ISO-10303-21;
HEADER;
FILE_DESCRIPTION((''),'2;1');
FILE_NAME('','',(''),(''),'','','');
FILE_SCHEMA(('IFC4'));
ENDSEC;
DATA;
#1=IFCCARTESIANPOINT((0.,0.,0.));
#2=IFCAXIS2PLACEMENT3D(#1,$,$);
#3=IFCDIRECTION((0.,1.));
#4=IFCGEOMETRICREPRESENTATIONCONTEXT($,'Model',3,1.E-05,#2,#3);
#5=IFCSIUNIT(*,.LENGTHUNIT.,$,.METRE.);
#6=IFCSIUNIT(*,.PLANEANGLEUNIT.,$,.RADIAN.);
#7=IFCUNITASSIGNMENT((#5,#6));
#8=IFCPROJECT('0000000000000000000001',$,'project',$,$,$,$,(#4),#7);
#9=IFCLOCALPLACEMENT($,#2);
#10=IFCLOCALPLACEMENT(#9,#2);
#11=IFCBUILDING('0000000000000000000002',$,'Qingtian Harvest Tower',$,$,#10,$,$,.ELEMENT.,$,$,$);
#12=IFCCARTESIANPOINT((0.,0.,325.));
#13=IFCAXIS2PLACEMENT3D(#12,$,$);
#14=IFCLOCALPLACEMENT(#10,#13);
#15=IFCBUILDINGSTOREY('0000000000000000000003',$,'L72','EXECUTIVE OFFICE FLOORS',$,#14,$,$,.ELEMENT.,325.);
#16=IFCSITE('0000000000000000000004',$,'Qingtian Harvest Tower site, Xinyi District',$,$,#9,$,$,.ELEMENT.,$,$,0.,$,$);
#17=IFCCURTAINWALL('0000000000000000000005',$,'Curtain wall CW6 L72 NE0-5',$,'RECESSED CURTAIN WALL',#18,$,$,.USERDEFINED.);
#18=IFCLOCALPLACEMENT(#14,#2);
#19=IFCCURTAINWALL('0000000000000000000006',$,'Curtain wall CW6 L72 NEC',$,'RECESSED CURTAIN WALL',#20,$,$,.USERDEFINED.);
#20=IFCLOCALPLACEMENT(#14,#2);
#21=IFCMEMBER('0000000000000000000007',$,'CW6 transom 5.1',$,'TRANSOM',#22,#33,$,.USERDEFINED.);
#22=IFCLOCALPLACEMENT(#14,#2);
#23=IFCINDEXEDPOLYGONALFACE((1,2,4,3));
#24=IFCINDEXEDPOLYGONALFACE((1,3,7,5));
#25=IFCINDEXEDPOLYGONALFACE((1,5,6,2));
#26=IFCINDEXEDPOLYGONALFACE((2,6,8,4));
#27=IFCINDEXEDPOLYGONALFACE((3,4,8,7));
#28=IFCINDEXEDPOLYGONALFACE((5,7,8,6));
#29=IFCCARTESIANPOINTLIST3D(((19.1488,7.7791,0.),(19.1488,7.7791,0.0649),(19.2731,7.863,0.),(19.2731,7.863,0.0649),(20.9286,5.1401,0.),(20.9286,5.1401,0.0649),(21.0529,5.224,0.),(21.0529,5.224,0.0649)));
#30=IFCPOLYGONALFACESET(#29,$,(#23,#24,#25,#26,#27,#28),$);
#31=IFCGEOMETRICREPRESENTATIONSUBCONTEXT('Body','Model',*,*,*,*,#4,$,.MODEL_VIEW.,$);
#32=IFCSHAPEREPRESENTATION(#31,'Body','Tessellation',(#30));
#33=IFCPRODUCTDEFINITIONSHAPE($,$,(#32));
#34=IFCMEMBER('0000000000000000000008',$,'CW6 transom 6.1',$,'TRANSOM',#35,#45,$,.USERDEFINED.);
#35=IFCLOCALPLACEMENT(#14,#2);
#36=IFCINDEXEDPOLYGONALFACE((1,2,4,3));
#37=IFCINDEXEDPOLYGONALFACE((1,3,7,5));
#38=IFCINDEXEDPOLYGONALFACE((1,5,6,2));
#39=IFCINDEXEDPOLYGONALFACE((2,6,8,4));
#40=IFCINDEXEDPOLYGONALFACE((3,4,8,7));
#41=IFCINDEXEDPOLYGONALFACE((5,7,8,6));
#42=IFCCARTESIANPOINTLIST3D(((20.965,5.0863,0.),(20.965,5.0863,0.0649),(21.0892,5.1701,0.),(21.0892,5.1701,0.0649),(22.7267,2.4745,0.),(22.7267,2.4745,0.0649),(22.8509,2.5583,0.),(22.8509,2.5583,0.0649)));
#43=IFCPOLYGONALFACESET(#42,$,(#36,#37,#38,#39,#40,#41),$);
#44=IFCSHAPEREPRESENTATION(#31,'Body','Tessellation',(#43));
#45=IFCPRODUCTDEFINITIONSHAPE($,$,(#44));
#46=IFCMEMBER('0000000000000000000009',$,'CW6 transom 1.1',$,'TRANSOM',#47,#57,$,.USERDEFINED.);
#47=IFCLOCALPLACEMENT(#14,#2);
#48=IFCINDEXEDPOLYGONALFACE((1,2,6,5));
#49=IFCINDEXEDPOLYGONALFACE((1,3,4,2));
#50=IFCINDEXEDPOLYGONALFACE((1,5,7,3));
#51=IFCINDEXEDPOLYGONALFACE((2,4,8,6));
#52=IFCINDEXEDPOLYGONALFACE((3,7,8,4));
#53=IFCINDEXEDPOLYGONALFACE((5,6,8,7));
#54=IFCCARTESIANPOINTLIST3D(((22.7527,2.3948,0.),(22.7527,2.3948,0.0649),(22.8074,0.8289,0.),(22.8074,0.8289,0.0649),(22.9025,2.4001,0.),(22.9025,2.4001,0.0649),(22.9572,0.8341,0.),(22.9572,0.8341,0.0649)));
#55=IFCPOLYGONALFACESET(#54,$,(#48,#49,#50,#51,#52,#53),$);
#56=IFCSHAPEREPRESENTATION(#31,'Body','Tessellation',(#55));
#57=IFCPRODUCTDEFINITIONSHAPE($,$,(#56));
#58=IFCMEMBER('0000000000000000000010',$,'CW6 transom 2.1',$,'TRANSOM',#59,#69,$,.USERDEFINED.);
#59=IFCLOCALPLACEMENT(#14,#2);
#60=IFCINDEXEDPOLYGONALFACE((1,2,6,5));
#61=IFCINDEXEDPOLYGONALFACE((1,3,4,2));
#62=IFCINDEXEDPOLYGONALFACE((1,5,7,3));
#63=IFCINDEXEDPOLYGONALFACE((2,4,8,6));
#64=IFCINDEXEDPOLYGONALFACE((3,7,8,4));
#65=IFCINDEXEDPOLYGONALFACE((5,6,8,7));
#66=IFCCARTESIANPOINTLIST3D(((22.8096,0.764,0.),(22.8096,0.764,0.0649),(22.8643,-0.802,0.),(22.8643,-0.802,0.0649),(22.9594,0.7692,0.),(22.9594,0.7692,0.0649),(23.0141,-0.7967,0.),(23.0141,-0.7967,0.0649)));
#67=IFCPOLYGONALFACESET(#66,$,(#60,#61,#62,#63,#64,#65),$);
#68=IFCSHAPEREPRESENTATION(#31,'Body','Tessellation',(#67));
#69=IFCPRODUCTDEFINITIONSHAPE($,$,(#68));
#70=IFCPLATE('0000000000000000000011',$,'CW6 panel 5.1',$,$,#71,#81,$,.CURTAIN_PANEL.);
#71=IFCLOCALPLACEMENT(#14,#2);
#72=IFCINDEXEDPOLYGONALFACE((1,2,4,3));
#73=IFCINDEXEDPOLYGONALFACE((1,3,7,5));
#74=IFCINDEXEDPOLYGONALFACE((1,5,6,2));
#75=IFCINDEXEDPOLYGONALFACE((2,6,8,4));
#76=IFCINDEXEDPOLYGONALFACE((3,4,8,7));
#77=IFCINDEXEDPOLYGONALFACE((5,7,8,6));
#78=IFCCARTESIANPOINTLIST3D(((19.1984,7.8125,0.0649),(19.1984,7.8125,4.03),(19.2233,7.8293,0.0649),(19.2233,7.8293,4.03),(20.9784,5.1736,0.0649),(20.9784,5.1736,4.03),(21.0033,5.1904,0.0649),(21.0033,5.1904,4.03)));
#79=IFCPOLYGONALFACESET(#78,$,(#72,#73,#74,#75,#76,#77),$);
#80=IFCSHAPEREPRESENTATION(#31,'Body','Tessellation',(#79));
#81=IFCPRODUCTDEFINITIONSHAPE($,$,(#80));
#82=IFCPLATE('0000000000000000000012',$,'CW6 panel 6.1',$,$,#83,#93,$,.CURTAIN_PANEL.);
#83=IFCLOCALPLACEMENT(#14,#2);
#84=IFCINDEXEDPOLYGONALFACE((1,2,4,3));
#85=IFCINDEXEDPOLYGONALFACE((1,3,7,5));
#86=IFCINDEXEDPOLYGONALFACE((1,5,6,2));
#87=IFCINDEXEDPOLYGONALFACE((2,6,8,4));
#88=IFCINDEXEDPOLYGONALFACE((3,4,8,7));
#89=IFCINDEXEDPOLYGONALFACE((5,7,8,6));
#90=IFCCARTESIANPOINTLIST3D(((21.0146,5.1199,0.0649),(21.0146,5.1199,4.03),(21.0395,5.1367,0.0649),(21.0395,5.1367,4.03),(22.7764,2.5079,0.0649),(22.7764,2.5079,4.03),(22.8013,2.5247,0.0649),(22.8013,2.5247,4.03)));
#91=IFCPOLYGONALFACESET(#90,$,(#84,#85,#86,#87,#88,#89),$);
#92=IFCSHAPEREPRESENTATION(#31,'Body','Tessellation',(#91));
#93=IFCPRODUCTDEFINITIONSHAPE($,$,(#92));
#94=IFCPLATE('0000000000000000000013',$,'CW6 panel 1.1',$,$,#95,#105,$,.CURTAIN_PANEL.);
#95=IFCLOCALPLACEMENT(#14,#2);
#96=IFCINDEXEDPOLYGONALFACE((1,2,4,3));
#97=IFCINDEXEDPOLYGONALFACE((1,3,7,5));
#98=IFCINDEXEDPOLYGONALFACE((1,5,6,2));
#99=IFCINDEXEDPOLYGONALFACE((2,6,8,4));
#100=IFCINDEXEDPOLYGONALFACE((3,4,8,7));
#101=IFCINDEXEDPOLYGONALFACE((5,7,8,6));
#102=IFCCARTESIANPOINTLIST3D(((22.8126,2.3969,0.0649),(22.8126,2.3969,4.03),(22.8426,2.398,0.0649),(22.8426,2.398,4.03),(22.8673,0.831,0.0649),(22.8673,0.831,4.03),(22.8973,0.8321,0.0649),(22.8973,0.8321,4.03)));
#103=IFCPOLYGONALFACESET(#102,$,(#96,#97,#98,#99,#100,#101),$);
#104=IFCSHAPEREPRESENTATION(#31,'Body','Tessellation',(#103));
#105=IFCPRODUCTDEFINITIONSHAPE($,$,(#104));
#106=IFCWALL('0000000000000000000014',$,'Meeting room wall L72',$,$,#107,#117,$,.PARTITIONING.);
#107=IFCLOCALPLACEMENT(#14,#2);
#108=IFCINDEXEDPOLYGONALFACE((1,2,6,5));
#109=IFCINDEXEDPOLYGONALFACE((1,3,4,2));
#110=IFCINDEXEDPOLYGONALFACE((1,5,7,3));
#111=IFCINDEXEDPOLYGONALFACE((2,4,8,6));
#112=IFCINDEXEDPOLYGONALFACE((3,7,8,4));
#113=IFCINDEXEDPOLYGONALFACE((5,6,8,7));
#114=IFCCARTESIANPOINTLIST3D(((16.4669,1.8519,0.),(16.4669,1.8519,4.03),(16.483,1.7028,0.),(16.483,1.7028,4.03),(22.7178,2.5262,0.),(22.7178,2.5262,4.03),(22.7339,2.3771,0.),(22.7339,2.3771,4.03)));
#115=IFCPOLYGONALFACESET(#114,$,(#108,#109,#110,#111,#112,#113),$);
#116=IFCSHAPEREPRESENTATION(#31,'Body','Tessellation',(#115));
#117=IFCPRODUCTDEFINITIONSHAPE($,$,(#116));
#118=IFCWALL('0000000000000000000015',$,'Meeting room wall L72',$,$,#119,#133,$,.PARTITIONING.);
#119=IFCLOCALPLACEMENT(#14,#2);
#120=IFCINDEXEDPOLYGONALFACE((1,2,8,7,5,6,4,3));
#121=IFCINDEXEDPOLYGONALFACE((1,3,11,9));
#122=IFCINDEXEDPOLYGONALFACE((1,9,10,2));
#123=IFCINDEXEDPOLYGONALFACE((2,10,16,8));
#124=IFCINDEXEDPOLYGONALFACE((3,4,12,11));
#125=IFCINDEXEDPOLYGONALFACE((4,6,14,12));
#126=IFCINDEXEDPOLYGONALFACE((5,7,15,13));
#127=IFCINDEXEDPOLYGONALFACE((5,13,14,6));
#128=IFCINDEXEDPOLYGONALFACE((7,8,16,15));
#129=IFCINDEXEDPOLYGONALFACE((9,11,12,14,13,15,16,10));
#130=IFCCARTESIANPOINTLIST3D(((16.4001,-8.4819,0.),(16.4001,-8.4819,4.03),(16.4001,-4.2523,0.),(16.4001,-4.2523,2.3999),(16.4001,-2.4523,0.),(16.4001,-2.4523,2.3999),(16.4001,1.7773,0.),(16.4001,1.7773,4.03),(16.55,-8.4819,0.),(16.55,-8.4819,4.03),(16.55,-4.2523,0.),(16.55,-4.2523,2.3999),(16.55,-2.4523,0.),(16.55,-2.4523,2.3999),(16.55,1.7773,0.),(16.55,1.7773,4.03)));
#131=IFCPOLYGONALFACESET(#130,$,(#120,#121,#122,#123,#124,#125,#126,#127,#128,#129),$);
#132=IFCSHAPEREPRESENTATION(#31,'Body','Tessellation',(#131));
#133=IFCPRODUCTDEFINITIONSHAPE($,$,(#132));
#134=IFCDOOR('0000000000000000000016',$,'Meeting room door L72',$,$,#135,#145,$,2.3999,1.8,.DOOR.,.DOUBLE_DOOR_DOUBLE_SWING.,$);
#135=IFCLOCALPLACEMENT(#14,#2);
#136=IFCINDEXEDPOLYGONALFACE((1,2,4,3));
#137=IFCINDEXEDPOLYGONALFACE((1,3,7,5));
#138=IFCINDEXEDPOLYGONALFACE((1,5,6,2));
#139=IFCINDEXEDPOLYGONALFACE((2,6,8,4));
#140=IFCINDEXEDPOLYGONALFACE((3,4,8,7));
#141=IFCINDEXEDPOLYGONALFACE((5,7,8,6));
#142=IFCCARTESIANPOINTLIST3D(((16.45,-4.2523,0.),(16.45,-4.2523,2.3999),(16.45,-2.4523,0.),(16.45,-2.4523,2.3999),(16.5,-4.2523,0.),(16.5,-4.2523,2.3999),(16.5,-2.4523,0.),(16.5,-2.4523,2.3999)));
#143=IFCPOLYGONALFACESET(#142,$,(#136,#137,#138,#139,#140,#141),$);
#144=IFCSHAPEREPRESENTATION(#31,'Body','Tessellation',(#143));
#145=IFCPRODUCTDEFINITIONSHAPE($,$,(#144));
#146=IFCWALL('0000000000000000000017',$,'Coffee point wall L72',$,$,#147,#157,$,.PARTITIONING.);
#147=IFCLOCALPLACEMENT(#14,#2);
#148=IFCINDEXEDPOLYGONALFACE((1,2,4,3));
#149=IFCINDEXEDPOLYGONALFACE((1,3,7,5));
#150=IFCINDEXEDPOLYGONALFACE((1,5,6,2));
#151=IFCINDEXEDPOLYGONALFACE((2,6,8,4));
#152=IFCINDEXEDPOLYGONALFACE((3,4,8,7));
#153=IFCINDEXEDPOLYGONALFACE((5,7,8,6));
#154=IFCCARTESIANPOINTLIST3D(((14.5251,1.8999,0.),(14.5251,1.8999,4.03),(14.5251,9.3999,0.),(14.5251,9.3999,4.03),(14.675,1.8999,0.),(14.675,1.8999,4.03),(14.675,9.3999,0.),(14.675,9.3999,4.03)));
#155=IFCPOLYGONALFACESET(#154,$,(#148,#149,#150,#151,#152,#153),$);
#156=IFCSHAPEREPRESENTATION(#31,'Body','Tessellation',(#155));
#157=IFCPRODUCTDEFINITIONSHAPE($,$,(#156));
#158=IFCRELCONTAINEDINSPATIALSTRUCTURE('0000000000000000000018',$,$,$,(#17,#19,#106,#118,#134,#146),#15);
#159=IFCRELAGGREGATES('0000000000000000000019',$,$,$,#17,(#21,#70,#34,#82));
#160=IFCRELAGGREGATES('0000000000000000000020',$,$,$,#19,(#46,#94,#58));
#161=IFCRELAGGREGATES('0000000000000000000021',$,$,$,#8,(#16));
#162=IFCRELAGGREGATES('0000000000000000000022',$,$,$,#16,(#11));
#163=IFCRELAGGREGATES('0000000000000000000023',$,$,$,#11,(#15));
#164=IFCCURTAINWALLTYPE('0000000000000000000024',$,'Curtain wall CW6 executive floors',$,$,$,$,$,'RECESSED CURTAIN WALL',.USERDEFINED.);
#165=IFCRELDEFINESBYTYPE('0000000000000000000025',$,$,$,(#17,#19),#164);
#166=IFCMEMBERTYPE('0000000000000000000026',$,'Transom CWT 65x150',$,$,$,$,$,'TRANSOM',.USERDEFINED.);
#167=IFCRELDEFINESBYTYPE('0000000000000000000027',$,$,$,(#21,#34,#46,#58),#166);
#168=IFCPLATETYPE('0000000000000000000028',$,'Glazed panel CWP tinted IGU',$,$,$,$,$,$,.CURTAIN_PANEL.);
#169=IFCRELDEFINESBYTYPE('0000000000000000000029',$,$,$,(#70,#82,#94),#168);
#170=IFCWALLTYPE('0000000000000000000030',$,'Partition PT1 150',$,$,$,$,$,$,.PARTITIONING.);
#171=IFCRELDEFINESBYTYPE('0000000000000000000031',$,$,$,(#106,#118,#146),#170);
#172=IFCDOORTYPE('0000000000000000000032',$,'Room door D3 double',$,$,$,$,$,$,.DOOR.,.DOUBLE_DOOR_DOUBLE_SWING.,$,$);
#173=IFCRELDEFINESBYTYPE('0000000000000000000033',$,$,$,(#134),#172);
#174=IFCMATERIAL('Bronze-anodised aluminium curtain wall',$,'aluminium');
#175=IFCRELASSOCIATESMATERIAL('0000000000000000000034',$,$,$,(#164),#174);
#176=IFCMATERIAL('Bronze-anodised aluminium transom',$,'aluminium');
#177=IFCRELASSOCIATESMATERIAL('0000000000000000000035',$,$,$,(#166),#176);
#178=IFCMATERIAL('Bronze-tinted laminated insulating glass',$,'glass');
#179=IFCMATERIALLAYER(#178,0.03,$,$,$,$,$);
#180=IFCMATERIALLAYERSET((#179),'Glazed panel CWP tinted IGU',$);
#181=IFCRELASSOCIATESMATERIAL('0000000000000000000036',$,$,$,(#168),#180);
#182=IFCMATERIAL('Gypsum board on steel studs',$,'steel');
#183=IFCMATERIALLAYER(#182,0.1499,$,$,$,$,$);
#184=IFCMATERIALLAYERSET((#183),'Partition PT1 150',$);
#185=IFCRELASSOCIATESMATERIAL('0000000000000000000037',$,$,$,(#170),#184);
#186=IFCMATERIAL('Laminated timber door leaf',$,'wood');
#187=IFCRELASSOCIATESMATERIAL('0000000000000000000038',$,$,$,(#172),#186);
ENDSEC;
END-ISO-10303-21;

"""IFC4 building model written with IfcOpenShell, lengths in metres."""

from ifc_helpers import new_model, si_unit, direction, frame, frame_2d, origin, origin_2d, place, context, subcontext, project, spatial, rectangle, extrude, material, layer, layer_set, material_profile, profile_set, type_object, element, fill, aggregate, save


model = new_model("IFC4")

# Units and contexts
model_context = context("Model", 3, precision=1e-05, world=origin(), true_north=direction((0.0, 1.0)))
body_context = subcontext(model_context, "Body", "Model", "MODEL_VIEW")
ifc_project = project(units=[si_unit("LENGTHUNIT", "METRE"), si_unit("PLANEANGLEUNIT", "RADIAN")], contexts=[model_context])

# Site, building, storey
site_placement = place(None, origin())
site = spatial("IfcSite", under=ifc_project, at=site_placement, Name="Qingtian Harvest Tower site, Xinyi District", CompositionType="ELEMENT", RefElevation=0.0)
building_placement = place(site_placement, origin())
building = spatial("IfcBuilding", under=site, at=building_placement, Name="Qingtian Harvest Tower", CompositionType="ELEMENT")
storey_placement = place(building_placement, frame((0.0, 0.0, 325.0)))
storey = spatial("IfcBuildingStorey", under=building, at=storey_placement, Name="L72", Description="EXECUTIVE OFFICE FLOORS", CompositionType="ELEMENT", Elevation=325.0)

# Curtain walls
ifc_material_1 = material(Name="Bronze-anodised aluminium curtain wall", Category="aluminium")
curtain_wall_type = type_object("IfcCurtainWallType", Name="Curtain wall CW6 executive floors", ElementType="RECESSED CURTAIN WALL", PredefinedType="USERDEFINED", material=ifc_material_1)
curtain_wall_1_placement = place(storey_placement, origin())
curtain_wall_1 = element("IfcCurtainWall", 1, at=curtain_wall_1_placement, inside=storey, type_object=curtain_wall_type, Name="Curtain wall CW6 L72 NE0-5", ObjectType="RECESSED CURTAIN WALL", PredefinedType="USERDEFINED")
curtain_wall_2_placement = place(storey_placement, origin())
curtain_wall_2 = element("IfcCurtainWall", 2, at=curtain_wall_2_placement, inside=storey, type_object=curtain_wall_type, Name="Curtain wall CW6 L72 NEC", ObjectType="RECESSED CURTAIN WALL", PredefinedType="USERDEFINED")

# Members
ifc_material_2 = material(Name="Bronze-anodised aluminium transom", Category="aluminium")
ifc_material_profile_1 = material_profile(ifc_material_2, rectangle(XDim=0.1499, YDim=0.0649, at=origin_2d()), Name="AL 65x150")
ifc_profile_set_1 = profile_set([ifc_material_profile_1], Name="Bronze-anodised aluminium transom")
member_type_1 = type_object("IfcMemberType", Name="Transom CWT 65x150", ElementType="TRANSOM", PredefinedType="USERDEFINED", material=ifc_profile_set_1)
member_1_placement = place(storey_placement, frame((19.2109, 7.821, 0.0325), z_axis=(0.559153, -0.829065, 0.0), x_axis=(0.829065, 0.559153, 0.0)))
member_1 = element("IfcMember", 3, at=member_1_placement, type_object=member_type_1, Name="CW6 transom 5.1", ObjectType="TRANSOM", PredefinedType="USERDEFINED", context=body_context, shape_type="SweptSolid", body=[
    extrude(rectangle(XDim=0.1499, YDim=0.0649, at=origin_2d()), origin(), (0.0, 0.0, 1.0), 3.1831),
])
member_2_placement = place(storey_placement, frame((21.0271, 5.1282, 0.0325), z_axis=(0.559199, -0.829034, 0.0), x_axis=(0.829034, 0.559199, 0.0)))
member_2 = element("IfcMember", 4, at=member_2_placement, type_object=member_type_1, Name="CW6 transom 6.1", ObjectType="TRANSOM", PredefinedType="USERDEFINED", context=body_context, shape_type="SweptSolid", body=[
    extrude(rectangle(XDim=0.1499, YDim=0.0649, at=origin_2d()), origin(), (0.0, 0.0, 1.0), 3.1504),
])
member_3_placement = place(storey_placement, frame((22.8276, 2.3975, 0.0325), z_axis=(0.034902, -0.999391, 0.0), x_axis=(0.999391, 0.034902, 0.0)))
member_3 = element("IfcMember", 5, at=member_3_placement, type_object=member_type_1, Name="CW6 transom 1.1", ObjectType="TRANSOM", PredefinedType="USERDEFINED", context=body_context, shape_type="SweptSolid", body=[
    extrude(rectangle(XDim=0.1499, YDim=0.0649, at=origin_2d()), origin(), (0.0, 0.0, 1.0), 1.5669),
])
member_4_placement = place(storey_placement, frame((22.8845, 0.7666, 0.0325), z_axis=(0.034902, -0.999391, 0.0), x_axis=(0.999391, 0.034902, 0.0)))
member_4 = element("IfcMember", 6, at=member_4_placement, type_object=member_type_1, Name="CW6 transom 2.1", ObjectType="TRANSOM", PredefinedType="USERDEFINED", context=body_context, shape_type="SweptSolid", body=[
    extrude(rectangle(XDim=0.1499, YDim=0.0649, at=origin_2d()), origin(), (0.0, 0.0, 1.0), 1.5669),
])

# Plates
ifc_material_3 = material(Name="Bronze-tinted laminated insulating glass", Category="glass")
ifc_layer_1 = layer(ifc_material_3, 0.03)
ifc_layer_set_1 = layer_set([ifc_layer_1], Name="Glazed panel CWP tinted IGU")
plate_type = type_object("IfcPlateType", Name="Glazed panel CWP tinted IGU", PredefinedType="CURTAIN_PANEL", material=ifc_layer_set_1)
plate_1_placement = place(storey_placement, frame((20.1008, 6.5015, 0.0649), z_axis=(0.0, 0.0, 1.0), x_axis=(0.559193, -0.829038, 0.0)))
plate_1 = element("IfcPlate", 7, at=plate_1_placement, type_object=plate_type, Name="CW6 panel 5.1", PredefinedType="CURTAIN_PANEL", context=body_context, shape_type="SweptSolid", body=[
    extrude(rectangle(XDim=3.1831, YDim=0.03, at=origin_2d()), origin(), (0.0, 0.0, 1.0), 3.9651),
])
plate_2_placement = place(storey_placement, frame((21.908, 3.8223, 0.0649), z_axis=(0.0, 0.0, 1.0), x_axis=(0.559193, -0.829038, 0.0)))
plate_2 = element("IfcPlate", 8, at=plate_2_placement, type_object=plate_type, Name="CW6 panel 6.1", PredefinedType="CURTAIN_PANEL", context=body_context, shape_type="SweptSolid", body=[
    extrude(rectangle(XDim=3.1506, YDim=0.03, at=origin_2d()), origin(), (0.0, 0.0, 1.0), 3.9651),
])
aggregate(curtain_wall_1, [member_1, plate_1, member_2, plate_2])
plate_3_placement = place(storey_placement, frame((22.855, 1.6145, 0.0649), z_axis=(0.0, 0.0, 1.0), x_axis=(0.034899, -0.999391, 0.0)))
plate_3 = element("IfcPlate", 9, at=plate_3_placement, type_object=plate_type, Name="CW6 panel 1.1", PredefinedType="CURTAIN_PANEL", context=body_context, shape_type="SweptSolid", body=[
    extrude(rectangle(XDim=1.5669, YDim=0.03, at=origin_2d()), origin(), (0.0, 0.0, 1.0), 3.9651),
])
aggregate(curtain_wall_2, [member_3, plate_3, member_4])

# Wall
ifc_material_4 = material(Name="Gypsum board on steel studs", Category="steel")
ifc_layer_2 = layer(ifc_material_4, 0.1499)
ifc_layer_set_2 = layer_set([ifc_layer_2], Name="Partition PT1 150")
wall_type = type_object("IfcWallType", Name="Partition PT1 150", PredefinedType="PARTITIONING", material=ifc_layer_set_2)
wall_1_placement = place(storey_placement, frame((22.7258, 2.4517, 0.0), z_axis=(0.0, 0.0, 1.0), x_axis=(-0.994231, -0.107256, 0.0)))
element("IfcWall", 10, at=wall_1_placement, inside=storey, type_object=wall_type, Name="Meeting room wall L72", PredefinedType="PARTITIONING", context=body_context, shape_type="SweptSolid", body=[
    extrude(rectangle(XDim=6.2871, YDim=0.1499, at=frame_2d((3.1436, 0.0))), origin(), (0.0, 0.0, 1.0), 4.03),
])

# Wall, opening, door
wall_2_placement = place(storey_placement, frame((16.4751, 1.7773, 0.0), z_axis=(0.0, 0.0, 1.0), x_axis=(0.0, -1.0, 0.0)))
wall_2 = element("IfcWall", 11, at=wall_2_placement, inside=storey, type_object=wall_type, Name="Meeting room wall L72", PredefinedType="PARTITIONING", context=body_context, shape_type="SweptSolid", body=[
    extrude(rectangle(XDim=10.2593, YDim=0.1499, at=frame_2d((5.1296, 0.0))), origin(), (0.0, 0.0, 1.0), 4.03),
])
opening_placement = place(wall_2_placement, frame((4.2297, 0.0, 0.0)))
opening = element("IfcOpeningElement", 12, at=opening_placement, cuts=wall_2, PredefinedType="OPENING", context=body_context, shape_type="SweptSolid", body=[
    extrude(rectangle(XDim=1.8, YDim=2.3999, at=frame_2d((0.8999, 1.2))), frame((0.0, 0.085, 0.0), z_axis=(0.0, -1.0, 0.0), x_axis=(1.0, 0.0, 0.0)), (0.0, 0.0, 1.0), 0.1699),
])
ifc_material_5 = material(Name="Laminated timber door leaf", Category="wood")
door_type = type_object("IfcDoorType", Name="Room door D3 double", OperationType="DOUBLE_DOOR_DOUBLE_SWING", PredefinedType="DOOR", material=ifc_material_5)
door_placement = place(opening_placement, origin())
door = element("IfcDoor", 13, at=door_placement, inside=storey, type_object=door_type, Name="Meeting room door L72", OperationType="DOUBLE_DOOR_DOUBLE_SWING", OverallHeight=2.3999, OverallWidth=1.8, PredefinedType="DOOR", context=body_context, shape_type="SweptSolid", body=[
    extrude(rectangle(XDim=1.8, YDim=2.3999, at=frame_2d((0.8999, 1.2))), frame((0.0, 0.0249, 0.0), z_axis=(0.0, -1.0, 0.0), x_axis=(1.0, 0.0, 0.0)), (0.0, 0.0, 1.0), 0.05),
])
fill(opening, door)

# Wall
wall_3_placement = place(storey_placement, frame((14.6001, 1.8999, 0.0), z_axis=(0.0, 0.0, 1.0), x_axis=(0.0, 1.0, 0.0)))
element("IfcWall", 14, at=wall_3_placement, inside=storey, type_object=wall_type, Name="Coffee point wall L72", PredefinedType="PARTITIONING", context=body_context, shape_type="SweptSolid", body=[
    extrude(rectangle(XDim=7.5, YDim=0.1499, at=frame_2d((3.75, 0.0))), origin(), (0.0, 0.0, 1.0), 4.03),
])

save(model, "model.ifc")
